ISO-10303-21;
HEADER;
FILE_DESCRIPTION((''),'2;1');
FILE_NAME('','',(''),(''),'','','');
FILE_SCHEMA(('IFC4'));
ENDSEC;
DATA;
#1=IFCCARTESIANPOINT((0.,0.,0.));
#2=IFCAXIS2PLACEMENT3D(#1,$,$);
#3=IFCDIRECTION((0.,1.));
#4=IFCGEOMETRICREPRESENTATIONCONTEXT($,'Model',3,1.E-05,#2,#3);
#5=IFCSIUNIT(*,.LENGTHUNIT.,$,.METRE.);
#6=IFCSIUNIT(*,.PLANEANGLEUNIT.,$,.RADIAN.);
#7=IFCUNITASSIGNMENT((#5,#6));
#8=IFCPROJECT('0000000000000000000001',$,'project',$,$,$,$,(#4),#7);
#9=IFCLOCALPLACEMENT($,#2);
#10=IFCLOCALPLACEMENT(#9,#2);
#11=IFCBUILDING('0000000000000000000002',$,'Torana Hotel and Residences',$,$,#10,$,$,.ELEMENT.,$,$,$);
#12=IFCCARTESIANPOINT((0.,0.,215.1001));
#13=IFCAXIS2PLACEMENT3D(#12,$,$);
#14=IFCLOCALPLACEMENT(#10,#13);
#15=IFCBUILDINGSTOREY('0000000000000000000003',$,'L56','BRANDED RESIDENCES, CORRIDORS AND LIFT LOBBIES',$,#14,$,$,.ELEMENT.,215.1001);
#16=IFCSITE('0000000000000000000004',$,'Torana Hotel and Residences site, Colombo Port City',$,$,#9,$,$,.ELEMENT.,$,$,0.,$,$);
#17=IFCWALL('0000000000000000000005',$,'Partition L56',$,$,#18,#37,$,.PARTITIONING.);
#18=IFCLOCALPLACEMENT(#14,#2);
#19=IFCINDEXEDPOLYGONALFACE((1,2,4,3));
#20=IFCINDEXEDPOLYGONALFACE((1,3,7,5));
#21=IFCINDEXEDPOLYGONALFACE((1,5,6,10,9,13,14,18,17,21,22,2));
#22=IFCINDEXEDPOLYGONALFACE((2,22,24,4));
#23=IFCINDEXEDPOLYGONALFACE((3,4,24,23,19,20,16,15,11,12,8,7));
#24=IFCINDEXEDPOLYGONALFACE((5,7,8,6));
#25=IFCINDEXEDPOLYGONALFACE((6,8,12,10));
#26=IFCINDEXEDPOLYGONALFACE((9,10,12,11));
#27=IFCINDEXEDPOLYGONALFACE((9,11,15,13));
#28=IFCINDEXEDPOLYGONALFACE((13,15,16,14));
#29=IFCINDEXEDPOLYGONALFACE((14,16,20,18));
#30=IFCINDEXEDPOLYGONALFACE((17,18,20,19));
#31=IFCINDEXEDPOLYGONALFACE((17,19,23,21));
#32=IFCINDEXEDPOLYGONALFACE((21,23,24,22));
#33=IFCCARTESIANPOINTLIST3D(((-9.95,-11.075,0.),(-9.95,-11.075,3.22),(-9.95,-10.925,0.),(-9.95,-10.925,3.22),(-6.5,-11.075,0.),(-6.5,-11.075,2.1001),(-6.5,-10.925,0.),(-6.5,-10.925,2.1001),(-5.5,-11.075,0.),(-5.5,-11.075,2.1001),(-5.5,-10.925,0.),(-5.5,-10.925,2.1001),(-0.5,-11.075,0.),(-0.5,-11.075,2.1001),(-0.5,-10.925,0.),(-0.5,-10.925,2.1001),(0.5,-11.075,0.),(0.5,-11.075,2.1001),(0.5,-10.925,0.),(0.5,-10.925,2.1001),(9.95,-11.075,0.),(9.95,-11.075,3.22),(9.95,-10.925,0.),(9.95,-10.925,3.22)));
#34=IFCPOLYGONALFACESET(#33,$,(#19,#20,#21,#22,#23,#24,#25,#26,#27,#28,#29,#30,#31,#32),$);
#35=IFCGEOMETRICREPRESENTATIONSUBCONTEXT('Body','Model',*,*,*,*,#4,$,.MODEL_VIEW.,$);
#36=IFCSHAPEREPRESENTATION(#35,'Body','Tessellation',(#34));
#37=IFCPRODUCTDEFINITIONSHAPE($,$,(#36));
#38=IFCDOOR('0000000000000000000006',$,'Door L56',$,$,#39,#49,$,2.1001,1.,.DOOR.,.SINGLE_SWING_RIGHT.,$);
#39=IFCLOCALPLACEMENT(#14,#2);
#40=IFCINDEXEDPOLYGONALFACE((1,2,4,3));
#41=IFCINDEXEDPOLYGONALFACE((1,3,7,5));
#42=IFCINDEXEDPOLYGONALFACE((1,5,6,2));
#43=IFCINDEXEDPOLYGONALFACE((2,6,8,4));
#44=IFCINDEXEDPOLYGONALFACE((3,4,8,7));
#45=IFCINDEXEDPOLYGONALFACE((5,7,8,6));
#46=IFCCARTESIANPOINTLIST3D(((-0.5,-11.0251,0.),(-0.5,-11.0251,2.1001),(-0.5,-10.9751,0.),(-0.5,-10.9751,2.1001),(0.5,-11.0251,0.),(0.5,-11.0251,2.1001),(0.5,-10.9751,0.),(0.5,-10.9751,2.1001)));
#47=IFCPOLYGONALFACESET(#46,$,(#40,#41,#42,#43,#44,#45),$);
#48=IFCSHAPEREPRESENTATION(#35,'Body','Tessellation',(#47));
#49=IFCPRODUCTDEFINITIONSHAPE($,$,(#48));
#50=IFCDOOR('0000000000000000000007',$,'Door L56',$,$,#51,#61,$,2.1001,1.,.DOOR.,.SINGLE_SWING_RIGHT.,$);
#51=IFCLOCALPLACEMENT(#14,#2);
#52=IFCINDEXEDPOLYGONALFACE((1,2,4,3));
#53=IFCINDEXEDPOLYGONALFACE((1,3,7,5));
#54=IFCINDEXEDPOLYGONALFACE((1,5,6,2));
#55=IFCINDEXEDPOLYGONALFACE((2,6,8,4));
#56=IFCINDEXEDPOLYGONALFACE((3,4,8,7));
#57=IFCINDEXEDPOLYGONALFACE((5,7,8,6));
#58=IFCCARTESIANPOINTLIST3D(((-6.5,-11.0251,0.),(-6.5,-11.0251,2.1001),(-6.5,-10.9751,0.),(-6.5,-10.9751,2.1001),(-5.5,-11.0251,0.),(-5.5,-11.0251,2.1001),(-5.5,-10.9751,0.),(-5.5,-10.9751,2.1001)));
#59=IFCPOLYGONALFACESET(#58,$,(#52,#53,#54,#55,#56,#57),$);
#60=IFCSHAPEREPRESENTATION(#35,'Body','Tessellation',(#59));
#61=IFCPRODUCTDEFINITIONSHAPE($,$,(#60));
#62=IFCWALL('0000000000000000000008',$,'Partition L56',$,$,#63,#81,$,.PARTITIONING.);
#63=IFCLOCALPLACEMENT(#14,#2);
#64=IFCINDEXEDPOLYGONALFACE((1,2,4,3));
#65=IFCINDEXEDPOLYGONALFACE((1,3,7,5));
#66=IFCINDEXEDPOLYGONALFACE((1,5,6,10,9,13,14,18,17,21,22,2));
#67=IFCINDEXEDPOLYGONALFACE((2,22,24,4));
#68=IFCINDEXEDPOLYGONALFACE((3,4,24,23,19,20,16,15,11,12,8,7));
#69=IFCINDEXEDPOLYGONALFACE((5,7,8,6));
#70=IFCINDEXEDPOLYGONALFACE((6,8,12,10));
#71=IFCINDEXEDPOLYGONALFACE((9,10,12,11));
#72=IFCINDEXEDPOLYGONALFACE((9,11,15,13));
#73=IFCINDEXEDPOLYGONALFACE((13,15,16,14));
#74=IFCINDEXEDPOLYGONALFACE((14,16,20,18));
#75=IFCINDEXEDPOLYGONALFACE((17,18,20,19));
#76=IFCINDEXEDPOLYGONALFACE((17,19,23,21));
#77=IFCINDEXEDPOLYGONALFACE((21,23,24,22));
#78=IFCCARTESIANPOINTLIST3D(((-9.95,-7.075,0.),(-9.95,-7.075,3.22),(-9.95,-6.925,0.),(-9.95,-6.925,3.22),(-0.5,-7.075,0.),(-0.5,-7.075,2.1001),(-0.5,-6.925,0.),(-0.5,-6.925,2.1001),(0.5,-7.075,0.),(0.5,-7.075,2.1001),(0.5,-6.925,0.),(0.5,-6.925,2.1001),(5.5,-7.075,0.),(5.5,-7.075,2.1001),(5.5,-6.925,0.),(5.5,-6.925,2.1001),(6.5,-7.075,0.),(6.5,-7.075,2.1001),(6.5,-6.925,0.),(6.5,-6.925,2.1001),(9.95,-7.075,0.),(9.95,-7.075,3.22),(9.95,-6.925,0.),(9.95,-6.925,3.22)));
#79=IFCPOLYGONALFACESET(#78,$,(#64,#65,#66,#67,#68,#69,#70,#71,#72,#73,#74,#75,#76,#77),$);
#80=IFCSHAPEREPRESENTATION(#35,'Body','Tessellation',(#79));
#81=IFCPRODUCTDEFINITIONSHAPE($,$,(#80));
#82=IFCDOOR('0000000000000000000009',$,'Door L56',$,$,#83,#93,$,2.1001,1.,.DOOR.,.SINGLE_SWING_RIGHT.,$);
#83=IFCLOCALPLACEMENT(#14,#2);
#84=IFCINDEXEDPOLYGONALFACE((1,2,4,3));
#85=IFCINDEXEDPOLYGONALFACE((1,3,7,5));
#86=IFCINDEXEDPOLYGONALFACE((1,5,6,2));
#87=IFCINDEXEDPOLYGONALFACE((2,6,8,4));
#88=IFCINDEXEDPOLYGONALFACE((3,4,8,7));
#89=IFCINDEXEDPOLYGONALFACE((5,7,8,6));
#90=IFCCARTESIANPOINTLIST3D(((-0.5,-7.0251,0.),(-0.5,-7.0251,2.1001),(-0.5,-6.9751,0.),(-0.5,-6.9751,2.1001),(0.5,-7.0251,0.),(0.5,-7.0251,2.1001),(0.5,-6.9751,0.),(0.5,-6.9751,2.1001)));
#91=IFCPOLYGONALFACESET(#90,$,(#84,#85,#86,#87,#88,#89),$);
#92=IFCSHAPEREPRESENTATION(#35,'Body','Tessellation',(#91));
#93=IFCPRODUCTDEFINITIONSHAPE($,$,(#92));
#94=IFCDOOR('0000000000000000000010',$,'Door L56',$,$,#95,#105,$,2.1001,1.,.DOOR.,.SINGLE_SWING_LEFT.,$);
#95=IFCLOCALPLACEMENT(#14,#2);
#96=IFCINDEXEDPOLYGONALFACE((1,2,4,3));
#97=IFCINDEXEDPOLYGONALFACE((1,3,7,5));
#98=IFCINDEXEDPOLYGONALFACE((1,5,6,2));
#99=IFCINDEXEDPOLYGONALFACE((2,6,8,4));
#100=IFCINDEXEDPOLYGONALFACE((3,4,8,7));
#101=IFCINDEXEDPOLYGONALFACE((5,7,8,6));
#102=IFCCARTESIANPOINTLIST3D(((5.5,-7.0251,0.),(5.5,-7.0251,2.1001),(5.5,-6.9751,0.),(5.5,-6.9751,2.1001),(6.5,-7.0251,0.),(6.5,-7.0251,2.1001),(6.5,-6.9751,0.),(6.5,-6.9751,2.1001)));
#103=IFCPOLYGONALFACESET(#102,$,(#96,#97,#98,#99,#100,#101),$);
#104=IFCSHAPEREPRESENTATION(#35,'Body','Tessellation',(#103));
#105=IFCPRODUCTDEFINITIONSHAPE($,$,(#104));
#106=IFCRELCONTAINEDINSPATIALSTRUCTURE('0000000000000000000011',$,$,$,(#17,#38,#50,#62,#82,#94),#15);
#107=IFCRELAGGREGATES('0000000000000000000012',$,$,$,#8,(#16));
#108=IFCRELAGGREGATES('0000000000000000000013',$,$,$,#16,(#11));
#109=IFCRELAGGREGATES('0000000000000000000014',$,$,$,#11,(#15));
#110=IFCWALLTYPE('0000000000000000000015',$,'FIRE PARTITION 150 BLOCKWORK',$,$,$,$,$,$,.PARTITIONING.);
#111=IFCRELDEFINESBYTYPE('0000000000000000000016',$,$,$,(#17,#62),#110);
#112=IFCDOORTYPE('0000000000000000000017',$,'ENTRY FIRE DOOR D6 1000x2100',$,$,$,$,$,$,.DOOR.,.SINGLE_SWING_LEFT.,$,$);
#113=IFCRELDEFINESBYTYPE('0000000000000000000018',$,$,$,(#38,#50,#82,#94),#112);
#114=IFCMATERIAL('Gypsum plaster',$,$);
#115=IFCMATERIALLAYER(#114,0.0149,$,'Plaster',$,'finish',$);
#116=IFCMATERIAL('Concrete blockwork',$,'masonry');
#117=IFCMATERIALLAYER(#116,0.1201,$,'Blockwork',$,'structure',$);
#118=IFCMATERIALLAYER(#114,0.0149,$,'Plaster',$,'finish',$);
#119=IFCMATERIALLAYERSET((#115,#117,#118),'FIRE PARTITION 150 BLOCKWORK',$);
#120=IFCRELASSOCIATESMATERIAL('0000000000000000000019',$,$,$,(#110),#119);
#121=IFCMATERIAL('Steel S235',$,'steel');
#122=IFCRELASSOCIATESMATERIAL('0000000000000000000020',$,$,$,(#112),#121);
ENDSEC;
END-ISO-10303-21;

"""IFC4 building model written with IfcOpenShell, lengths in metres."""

from ifc_helpers import new_model, si_unit, direction, frame, frame_2d, origin, place, context, subcontext, project, spatial, rectangle, extrude, material, layer, layer_set, type_object, element, fill, save


model = new_model("IFC4")

# Units and contexts
model_context = context("Model", 3, precision=1e-05, world=origin(), true_north=direction((0.0, 1.0)))
body_context = subcontext(model_context, "Body", "Model", "MODEL_VIEW")
ifc_project = project(units=[si_unit("LENGTHUNIT", "METRE"), si_unit("PLANEANGLEUNIT", "RADIAN")], contexts=[model_context])

# Site, building, storey
site_placement = place(None, origin())
site = spatial("IfcSite", under=ifc_project, at=site_placement, Name="Torana Hotel and Residences site, Colombo Port City", CompositionType="ELEMENT", RefElevation=0.0)
building_placement = place(site_placement, origin())
building = spatial("IfcBuilding", under=site, at=building_placement, Name="Torana Hotel and Residences", CompositionType="ELEMENT")
storey_placement = place(building_placement, frame((0.0, 0.0, 215.1001)))
storey = spatial("IfcBuildingStorey", under=building, at=storey_placement, Name="L56", Description="BRANDED RESIDENCES, CORRIDORS AND LIFT LOBBIES", CompositionType="ELEMENT", Elevation=215.1001)

# Shared definitions
ifc_material_1 = material(Name="Gypsum plaster")
ifc_layer_1 = layer(ifc_material_1, 0.0149, Name="Plaster", Category="finish")
ifc_material_2 = material(Name="Concrete blockwork", Category="masonry")
ifc_layer_2 = layer(ifc_material_2, 0.1201, Name="Blockwork", Category="structure")
ifc_layer_3 = layer(ifc_material_1, 0.0149, Name="Plaster", Category="finish")
ifc_layer_set_1 = layer_set([ifc_layer_1, ifc_layer_2, ifc_layer_3], Name="FIRE PARTITION 150 BLOCKWORK")
wall_type_1 = type_object("IfcWallType", Name="FIRE PARTITION 150 BLOCKWORK", PredefinedType="PARTITIONING", material=ifc_layer_set_1)

# Walls, openings, doors
wall_1_placement = place(storey_placement, frame((-9.95, -11.0, 0.0), z_axis=(0.0, 0.0, 1.0), x_axis=(1.0, 0.0, 0.0)))
wall_1 = element("IfcWall", 1, at=wall_1_placement, inside=storey, type_object=wall_type_1, Name="Partition L56", PredefinedType="PARTITIONING", context=body_context, shape_type="SweptSolid", body=[
    extrude(rectangle(XDim=19.8999, YDim=0.1499, at=frame_2d((9.95, 0.0))), origin(), (0.0, 0.0, 1.0), 3.22),
])
opening_1_placement = place(wall_1_placement, frame((9.45, 0.0, 0.0)))
opening_1 = element("IfcOpeningElement", 2, at=opening_1_placement, cuts=wall_1, PredefinedType="OPENING", context=body_context, shape_type="SweptSolid", body=[
    extrude(rectangle(XDim=1.0, YDim=2.1001, at=frame_2d((0.5, 1.05))), frame((0.0, 0.085, 0.0), z_axis=(0.0, -1.0, 0.0), x_axis=(1.0, 0.0, 0.0)), (0.0, 0.0, 1.0), 0.1699),
])
opening_2_placement = place(wall_1_placement, frame((3.45, 0.0, 0.0)))
opening_2 = element("IfcOpeningElement", 3, at=opening_2_placement, cuts=wall_1, PredefinedType="OPENING", context=body_context, shape_type="SweptSolid", body=[
    extrude(rectangle(XDim=1.0, YDim=2.1001, at=frame_2d((0.5, 1.05))), frame((0.0, 0.085, 0.0), z_axis=(0.0, -1.0, 0.0), x_axis=(1.0, 0.0, 0.0)), (0.0, 0.0, 1.0), 0.1699),
])
ifc_material_3 = material(Name="Steel S235", Category="steel")
door_type = type_object("IfcDoorType", Name="ENTRY FIRE DOOR D6 1000x2100", OperationType="SINGLE_SWING_LEFT", PredefinedType="DOOR", material=ifc_material_3)
door_1_placement = place(opening_1_placement, origin())
door_1 = element("IfcDoor", 4, at=door_1_placement, inside=storey, type_object=door_type, Name="Door L56", OperationType="SINGLE_SWING_RIGHT", OverallHeight=2.1001, OverallWidth=1.0, PredefinedType="DOOR", context=body_context, shape_type="SweptSolid", body=[
    extrude(rectangle(XDim=1.0, YDim=2.1001, at=frame_2d((0.5, 1.05))), frame((0.0, 0.0249, 0.0), z_axis=(0.0, -1.0, 0.0), x_axis=(1.0, 0.0, 0.0)), (0.0, 0.0, 1.0), 0.05),
])
fill(opening_1, door_1)
door_2_placement = place(opening_2_placement, origin())
door_2 = element("IfcDoor", 5, at=door_2_placement, inside=storey, type_object=door_type, Name="Door L56", OperationType="SINGLE_SWING_RIGHT", OverallHeight=2.1001, OverallWidth=1.0, PredefinedType="DOOR", context=body_context, shape_type="SweptSolid", body=[
    extrude(rectangle(XDim=1.0, YDim=2.1001, at=frame_2d((0.5, 1.05))), frame((0.0, 0.0249, 0.0), z_axis=(0.0, -1.0, 0.0), x_axis=(1.0, 0.0, 0.0)), (0.0, 0.0, 1.0), 0.05),
])
fill(opening_2, door_2)
wall_2_placement = place(storey_placement, frame((-9.95, -7.0, 0.0), z_axis=(0.0, 0.0, 1.0), x_axis=(1.0, 0.0, 0.0)))
wall_2 = element("IfcWall", 6, at=wall_2_placement, inside=storey, type_object=wall_type_1, Name="Partition L56", PredefinedType="PARTITIONING", context=body_context, shape_type="SweptSolid", body=[
    extrude(rectangle(XDim=19.8999, YDim=0.1499, at=frame_2d((9.95, 0.0))), origin(), (0.0, 0.0, 1.0), 3.22),
])
opening_3_placement = place(wall_2_placement, frame((9.45, 0.0, 0.0)))
opening_3 = element("IfcOpeningElement", 7, at=opening_3_placement, cuts=wall_2, PredefinedType="OPENING", context=body_context, shape_type="SweptSolid", body=[
    extrude(rectangle(XDim=1.0, YDim=2.1001, at=frame_2d((0.5, 1.05))), frame((0.0, 0.085, 0.0), z_axis=(0.0, -1.0, 0.0), x_axis=(1.0, 0.0, 0.0)), (0.0, 0.0, 1.0), 0.1699),
])
opening_4_placement = place(wall_2_placement, frame((15.45, 0.0, 0.0)))
opening_4 = element("IfcOpeningElement", 8, at=opening_4_placement, cuts=wall_2, PredefinedType="OPENING", context=body_context, shape_type="SweptSolid", body=[
    extrude(rectangle(XDim=1.0, YDim=2.1001, at=frame_2d((0.5, 1.05))), frame((0.0, 0.085, 0.0), z_axis=(0.0, -1.0, 0.0), x_axis=(1.0, 0.0, 0.0)), (0.0, 0.0, 1.0), 0.1699),
])
door_3_placement = place(opening_3_placement, origin())
door_3 = element("IfcDoor", 9, at=door_3_placement, inside=storey, type_object=door_type, Name="Door L56", OperationType="SINGLE_SWING_RIGHT", OverallHeight=2.1001, OverallWidth=1.0, PredefinedType="DOOR", context=body_context, shape_type="SweptSolid", body=[
    extrude(rectangle(XDim=1.0, YDim=2.1001, at=frame_2d((0.5, 1.05))), frame((0.0, 0.0249, 0.0), z_axis=(0.0, -1.0, 0.0), x_axis=(1.0, 0.0, 0.0)), (0.0, 0.0, 1.0), 0.05),
])
fill(opening_3, door_3)
door_4_placement = place(opening_4_placement, frame((0.5, 0.0, 0.0), z_axis=(0.0, 0.0, 1.0), x_axis=(-1.0, 0.0, 0.0)))
door_4 = element("IfcDoor", 10, at=door_4_placement, inside=storey, type_object=door_type, Name="Door L56", OperationType="SINGLE_SWING_LEFT", OverallHeight=2.1001, OverallWidth=1.0, PredefinedType="DOOR", context=body_context, shape_type="SweptSolid", body=[
    extrude(rectangle(XDim=1.0, YDim=2.1001, at=frame_2d((0.0, 1.05))), frame((0.0, -0.0249, 0.0), z_axis=(0.0, 1.0, 0.0), x_axis=(-1.0, 0.0, 0.0)), (0.0, 0.0, 1.0), 0.05),
])
fill(opening_4, door_4)

save(model, "model.ifc")
